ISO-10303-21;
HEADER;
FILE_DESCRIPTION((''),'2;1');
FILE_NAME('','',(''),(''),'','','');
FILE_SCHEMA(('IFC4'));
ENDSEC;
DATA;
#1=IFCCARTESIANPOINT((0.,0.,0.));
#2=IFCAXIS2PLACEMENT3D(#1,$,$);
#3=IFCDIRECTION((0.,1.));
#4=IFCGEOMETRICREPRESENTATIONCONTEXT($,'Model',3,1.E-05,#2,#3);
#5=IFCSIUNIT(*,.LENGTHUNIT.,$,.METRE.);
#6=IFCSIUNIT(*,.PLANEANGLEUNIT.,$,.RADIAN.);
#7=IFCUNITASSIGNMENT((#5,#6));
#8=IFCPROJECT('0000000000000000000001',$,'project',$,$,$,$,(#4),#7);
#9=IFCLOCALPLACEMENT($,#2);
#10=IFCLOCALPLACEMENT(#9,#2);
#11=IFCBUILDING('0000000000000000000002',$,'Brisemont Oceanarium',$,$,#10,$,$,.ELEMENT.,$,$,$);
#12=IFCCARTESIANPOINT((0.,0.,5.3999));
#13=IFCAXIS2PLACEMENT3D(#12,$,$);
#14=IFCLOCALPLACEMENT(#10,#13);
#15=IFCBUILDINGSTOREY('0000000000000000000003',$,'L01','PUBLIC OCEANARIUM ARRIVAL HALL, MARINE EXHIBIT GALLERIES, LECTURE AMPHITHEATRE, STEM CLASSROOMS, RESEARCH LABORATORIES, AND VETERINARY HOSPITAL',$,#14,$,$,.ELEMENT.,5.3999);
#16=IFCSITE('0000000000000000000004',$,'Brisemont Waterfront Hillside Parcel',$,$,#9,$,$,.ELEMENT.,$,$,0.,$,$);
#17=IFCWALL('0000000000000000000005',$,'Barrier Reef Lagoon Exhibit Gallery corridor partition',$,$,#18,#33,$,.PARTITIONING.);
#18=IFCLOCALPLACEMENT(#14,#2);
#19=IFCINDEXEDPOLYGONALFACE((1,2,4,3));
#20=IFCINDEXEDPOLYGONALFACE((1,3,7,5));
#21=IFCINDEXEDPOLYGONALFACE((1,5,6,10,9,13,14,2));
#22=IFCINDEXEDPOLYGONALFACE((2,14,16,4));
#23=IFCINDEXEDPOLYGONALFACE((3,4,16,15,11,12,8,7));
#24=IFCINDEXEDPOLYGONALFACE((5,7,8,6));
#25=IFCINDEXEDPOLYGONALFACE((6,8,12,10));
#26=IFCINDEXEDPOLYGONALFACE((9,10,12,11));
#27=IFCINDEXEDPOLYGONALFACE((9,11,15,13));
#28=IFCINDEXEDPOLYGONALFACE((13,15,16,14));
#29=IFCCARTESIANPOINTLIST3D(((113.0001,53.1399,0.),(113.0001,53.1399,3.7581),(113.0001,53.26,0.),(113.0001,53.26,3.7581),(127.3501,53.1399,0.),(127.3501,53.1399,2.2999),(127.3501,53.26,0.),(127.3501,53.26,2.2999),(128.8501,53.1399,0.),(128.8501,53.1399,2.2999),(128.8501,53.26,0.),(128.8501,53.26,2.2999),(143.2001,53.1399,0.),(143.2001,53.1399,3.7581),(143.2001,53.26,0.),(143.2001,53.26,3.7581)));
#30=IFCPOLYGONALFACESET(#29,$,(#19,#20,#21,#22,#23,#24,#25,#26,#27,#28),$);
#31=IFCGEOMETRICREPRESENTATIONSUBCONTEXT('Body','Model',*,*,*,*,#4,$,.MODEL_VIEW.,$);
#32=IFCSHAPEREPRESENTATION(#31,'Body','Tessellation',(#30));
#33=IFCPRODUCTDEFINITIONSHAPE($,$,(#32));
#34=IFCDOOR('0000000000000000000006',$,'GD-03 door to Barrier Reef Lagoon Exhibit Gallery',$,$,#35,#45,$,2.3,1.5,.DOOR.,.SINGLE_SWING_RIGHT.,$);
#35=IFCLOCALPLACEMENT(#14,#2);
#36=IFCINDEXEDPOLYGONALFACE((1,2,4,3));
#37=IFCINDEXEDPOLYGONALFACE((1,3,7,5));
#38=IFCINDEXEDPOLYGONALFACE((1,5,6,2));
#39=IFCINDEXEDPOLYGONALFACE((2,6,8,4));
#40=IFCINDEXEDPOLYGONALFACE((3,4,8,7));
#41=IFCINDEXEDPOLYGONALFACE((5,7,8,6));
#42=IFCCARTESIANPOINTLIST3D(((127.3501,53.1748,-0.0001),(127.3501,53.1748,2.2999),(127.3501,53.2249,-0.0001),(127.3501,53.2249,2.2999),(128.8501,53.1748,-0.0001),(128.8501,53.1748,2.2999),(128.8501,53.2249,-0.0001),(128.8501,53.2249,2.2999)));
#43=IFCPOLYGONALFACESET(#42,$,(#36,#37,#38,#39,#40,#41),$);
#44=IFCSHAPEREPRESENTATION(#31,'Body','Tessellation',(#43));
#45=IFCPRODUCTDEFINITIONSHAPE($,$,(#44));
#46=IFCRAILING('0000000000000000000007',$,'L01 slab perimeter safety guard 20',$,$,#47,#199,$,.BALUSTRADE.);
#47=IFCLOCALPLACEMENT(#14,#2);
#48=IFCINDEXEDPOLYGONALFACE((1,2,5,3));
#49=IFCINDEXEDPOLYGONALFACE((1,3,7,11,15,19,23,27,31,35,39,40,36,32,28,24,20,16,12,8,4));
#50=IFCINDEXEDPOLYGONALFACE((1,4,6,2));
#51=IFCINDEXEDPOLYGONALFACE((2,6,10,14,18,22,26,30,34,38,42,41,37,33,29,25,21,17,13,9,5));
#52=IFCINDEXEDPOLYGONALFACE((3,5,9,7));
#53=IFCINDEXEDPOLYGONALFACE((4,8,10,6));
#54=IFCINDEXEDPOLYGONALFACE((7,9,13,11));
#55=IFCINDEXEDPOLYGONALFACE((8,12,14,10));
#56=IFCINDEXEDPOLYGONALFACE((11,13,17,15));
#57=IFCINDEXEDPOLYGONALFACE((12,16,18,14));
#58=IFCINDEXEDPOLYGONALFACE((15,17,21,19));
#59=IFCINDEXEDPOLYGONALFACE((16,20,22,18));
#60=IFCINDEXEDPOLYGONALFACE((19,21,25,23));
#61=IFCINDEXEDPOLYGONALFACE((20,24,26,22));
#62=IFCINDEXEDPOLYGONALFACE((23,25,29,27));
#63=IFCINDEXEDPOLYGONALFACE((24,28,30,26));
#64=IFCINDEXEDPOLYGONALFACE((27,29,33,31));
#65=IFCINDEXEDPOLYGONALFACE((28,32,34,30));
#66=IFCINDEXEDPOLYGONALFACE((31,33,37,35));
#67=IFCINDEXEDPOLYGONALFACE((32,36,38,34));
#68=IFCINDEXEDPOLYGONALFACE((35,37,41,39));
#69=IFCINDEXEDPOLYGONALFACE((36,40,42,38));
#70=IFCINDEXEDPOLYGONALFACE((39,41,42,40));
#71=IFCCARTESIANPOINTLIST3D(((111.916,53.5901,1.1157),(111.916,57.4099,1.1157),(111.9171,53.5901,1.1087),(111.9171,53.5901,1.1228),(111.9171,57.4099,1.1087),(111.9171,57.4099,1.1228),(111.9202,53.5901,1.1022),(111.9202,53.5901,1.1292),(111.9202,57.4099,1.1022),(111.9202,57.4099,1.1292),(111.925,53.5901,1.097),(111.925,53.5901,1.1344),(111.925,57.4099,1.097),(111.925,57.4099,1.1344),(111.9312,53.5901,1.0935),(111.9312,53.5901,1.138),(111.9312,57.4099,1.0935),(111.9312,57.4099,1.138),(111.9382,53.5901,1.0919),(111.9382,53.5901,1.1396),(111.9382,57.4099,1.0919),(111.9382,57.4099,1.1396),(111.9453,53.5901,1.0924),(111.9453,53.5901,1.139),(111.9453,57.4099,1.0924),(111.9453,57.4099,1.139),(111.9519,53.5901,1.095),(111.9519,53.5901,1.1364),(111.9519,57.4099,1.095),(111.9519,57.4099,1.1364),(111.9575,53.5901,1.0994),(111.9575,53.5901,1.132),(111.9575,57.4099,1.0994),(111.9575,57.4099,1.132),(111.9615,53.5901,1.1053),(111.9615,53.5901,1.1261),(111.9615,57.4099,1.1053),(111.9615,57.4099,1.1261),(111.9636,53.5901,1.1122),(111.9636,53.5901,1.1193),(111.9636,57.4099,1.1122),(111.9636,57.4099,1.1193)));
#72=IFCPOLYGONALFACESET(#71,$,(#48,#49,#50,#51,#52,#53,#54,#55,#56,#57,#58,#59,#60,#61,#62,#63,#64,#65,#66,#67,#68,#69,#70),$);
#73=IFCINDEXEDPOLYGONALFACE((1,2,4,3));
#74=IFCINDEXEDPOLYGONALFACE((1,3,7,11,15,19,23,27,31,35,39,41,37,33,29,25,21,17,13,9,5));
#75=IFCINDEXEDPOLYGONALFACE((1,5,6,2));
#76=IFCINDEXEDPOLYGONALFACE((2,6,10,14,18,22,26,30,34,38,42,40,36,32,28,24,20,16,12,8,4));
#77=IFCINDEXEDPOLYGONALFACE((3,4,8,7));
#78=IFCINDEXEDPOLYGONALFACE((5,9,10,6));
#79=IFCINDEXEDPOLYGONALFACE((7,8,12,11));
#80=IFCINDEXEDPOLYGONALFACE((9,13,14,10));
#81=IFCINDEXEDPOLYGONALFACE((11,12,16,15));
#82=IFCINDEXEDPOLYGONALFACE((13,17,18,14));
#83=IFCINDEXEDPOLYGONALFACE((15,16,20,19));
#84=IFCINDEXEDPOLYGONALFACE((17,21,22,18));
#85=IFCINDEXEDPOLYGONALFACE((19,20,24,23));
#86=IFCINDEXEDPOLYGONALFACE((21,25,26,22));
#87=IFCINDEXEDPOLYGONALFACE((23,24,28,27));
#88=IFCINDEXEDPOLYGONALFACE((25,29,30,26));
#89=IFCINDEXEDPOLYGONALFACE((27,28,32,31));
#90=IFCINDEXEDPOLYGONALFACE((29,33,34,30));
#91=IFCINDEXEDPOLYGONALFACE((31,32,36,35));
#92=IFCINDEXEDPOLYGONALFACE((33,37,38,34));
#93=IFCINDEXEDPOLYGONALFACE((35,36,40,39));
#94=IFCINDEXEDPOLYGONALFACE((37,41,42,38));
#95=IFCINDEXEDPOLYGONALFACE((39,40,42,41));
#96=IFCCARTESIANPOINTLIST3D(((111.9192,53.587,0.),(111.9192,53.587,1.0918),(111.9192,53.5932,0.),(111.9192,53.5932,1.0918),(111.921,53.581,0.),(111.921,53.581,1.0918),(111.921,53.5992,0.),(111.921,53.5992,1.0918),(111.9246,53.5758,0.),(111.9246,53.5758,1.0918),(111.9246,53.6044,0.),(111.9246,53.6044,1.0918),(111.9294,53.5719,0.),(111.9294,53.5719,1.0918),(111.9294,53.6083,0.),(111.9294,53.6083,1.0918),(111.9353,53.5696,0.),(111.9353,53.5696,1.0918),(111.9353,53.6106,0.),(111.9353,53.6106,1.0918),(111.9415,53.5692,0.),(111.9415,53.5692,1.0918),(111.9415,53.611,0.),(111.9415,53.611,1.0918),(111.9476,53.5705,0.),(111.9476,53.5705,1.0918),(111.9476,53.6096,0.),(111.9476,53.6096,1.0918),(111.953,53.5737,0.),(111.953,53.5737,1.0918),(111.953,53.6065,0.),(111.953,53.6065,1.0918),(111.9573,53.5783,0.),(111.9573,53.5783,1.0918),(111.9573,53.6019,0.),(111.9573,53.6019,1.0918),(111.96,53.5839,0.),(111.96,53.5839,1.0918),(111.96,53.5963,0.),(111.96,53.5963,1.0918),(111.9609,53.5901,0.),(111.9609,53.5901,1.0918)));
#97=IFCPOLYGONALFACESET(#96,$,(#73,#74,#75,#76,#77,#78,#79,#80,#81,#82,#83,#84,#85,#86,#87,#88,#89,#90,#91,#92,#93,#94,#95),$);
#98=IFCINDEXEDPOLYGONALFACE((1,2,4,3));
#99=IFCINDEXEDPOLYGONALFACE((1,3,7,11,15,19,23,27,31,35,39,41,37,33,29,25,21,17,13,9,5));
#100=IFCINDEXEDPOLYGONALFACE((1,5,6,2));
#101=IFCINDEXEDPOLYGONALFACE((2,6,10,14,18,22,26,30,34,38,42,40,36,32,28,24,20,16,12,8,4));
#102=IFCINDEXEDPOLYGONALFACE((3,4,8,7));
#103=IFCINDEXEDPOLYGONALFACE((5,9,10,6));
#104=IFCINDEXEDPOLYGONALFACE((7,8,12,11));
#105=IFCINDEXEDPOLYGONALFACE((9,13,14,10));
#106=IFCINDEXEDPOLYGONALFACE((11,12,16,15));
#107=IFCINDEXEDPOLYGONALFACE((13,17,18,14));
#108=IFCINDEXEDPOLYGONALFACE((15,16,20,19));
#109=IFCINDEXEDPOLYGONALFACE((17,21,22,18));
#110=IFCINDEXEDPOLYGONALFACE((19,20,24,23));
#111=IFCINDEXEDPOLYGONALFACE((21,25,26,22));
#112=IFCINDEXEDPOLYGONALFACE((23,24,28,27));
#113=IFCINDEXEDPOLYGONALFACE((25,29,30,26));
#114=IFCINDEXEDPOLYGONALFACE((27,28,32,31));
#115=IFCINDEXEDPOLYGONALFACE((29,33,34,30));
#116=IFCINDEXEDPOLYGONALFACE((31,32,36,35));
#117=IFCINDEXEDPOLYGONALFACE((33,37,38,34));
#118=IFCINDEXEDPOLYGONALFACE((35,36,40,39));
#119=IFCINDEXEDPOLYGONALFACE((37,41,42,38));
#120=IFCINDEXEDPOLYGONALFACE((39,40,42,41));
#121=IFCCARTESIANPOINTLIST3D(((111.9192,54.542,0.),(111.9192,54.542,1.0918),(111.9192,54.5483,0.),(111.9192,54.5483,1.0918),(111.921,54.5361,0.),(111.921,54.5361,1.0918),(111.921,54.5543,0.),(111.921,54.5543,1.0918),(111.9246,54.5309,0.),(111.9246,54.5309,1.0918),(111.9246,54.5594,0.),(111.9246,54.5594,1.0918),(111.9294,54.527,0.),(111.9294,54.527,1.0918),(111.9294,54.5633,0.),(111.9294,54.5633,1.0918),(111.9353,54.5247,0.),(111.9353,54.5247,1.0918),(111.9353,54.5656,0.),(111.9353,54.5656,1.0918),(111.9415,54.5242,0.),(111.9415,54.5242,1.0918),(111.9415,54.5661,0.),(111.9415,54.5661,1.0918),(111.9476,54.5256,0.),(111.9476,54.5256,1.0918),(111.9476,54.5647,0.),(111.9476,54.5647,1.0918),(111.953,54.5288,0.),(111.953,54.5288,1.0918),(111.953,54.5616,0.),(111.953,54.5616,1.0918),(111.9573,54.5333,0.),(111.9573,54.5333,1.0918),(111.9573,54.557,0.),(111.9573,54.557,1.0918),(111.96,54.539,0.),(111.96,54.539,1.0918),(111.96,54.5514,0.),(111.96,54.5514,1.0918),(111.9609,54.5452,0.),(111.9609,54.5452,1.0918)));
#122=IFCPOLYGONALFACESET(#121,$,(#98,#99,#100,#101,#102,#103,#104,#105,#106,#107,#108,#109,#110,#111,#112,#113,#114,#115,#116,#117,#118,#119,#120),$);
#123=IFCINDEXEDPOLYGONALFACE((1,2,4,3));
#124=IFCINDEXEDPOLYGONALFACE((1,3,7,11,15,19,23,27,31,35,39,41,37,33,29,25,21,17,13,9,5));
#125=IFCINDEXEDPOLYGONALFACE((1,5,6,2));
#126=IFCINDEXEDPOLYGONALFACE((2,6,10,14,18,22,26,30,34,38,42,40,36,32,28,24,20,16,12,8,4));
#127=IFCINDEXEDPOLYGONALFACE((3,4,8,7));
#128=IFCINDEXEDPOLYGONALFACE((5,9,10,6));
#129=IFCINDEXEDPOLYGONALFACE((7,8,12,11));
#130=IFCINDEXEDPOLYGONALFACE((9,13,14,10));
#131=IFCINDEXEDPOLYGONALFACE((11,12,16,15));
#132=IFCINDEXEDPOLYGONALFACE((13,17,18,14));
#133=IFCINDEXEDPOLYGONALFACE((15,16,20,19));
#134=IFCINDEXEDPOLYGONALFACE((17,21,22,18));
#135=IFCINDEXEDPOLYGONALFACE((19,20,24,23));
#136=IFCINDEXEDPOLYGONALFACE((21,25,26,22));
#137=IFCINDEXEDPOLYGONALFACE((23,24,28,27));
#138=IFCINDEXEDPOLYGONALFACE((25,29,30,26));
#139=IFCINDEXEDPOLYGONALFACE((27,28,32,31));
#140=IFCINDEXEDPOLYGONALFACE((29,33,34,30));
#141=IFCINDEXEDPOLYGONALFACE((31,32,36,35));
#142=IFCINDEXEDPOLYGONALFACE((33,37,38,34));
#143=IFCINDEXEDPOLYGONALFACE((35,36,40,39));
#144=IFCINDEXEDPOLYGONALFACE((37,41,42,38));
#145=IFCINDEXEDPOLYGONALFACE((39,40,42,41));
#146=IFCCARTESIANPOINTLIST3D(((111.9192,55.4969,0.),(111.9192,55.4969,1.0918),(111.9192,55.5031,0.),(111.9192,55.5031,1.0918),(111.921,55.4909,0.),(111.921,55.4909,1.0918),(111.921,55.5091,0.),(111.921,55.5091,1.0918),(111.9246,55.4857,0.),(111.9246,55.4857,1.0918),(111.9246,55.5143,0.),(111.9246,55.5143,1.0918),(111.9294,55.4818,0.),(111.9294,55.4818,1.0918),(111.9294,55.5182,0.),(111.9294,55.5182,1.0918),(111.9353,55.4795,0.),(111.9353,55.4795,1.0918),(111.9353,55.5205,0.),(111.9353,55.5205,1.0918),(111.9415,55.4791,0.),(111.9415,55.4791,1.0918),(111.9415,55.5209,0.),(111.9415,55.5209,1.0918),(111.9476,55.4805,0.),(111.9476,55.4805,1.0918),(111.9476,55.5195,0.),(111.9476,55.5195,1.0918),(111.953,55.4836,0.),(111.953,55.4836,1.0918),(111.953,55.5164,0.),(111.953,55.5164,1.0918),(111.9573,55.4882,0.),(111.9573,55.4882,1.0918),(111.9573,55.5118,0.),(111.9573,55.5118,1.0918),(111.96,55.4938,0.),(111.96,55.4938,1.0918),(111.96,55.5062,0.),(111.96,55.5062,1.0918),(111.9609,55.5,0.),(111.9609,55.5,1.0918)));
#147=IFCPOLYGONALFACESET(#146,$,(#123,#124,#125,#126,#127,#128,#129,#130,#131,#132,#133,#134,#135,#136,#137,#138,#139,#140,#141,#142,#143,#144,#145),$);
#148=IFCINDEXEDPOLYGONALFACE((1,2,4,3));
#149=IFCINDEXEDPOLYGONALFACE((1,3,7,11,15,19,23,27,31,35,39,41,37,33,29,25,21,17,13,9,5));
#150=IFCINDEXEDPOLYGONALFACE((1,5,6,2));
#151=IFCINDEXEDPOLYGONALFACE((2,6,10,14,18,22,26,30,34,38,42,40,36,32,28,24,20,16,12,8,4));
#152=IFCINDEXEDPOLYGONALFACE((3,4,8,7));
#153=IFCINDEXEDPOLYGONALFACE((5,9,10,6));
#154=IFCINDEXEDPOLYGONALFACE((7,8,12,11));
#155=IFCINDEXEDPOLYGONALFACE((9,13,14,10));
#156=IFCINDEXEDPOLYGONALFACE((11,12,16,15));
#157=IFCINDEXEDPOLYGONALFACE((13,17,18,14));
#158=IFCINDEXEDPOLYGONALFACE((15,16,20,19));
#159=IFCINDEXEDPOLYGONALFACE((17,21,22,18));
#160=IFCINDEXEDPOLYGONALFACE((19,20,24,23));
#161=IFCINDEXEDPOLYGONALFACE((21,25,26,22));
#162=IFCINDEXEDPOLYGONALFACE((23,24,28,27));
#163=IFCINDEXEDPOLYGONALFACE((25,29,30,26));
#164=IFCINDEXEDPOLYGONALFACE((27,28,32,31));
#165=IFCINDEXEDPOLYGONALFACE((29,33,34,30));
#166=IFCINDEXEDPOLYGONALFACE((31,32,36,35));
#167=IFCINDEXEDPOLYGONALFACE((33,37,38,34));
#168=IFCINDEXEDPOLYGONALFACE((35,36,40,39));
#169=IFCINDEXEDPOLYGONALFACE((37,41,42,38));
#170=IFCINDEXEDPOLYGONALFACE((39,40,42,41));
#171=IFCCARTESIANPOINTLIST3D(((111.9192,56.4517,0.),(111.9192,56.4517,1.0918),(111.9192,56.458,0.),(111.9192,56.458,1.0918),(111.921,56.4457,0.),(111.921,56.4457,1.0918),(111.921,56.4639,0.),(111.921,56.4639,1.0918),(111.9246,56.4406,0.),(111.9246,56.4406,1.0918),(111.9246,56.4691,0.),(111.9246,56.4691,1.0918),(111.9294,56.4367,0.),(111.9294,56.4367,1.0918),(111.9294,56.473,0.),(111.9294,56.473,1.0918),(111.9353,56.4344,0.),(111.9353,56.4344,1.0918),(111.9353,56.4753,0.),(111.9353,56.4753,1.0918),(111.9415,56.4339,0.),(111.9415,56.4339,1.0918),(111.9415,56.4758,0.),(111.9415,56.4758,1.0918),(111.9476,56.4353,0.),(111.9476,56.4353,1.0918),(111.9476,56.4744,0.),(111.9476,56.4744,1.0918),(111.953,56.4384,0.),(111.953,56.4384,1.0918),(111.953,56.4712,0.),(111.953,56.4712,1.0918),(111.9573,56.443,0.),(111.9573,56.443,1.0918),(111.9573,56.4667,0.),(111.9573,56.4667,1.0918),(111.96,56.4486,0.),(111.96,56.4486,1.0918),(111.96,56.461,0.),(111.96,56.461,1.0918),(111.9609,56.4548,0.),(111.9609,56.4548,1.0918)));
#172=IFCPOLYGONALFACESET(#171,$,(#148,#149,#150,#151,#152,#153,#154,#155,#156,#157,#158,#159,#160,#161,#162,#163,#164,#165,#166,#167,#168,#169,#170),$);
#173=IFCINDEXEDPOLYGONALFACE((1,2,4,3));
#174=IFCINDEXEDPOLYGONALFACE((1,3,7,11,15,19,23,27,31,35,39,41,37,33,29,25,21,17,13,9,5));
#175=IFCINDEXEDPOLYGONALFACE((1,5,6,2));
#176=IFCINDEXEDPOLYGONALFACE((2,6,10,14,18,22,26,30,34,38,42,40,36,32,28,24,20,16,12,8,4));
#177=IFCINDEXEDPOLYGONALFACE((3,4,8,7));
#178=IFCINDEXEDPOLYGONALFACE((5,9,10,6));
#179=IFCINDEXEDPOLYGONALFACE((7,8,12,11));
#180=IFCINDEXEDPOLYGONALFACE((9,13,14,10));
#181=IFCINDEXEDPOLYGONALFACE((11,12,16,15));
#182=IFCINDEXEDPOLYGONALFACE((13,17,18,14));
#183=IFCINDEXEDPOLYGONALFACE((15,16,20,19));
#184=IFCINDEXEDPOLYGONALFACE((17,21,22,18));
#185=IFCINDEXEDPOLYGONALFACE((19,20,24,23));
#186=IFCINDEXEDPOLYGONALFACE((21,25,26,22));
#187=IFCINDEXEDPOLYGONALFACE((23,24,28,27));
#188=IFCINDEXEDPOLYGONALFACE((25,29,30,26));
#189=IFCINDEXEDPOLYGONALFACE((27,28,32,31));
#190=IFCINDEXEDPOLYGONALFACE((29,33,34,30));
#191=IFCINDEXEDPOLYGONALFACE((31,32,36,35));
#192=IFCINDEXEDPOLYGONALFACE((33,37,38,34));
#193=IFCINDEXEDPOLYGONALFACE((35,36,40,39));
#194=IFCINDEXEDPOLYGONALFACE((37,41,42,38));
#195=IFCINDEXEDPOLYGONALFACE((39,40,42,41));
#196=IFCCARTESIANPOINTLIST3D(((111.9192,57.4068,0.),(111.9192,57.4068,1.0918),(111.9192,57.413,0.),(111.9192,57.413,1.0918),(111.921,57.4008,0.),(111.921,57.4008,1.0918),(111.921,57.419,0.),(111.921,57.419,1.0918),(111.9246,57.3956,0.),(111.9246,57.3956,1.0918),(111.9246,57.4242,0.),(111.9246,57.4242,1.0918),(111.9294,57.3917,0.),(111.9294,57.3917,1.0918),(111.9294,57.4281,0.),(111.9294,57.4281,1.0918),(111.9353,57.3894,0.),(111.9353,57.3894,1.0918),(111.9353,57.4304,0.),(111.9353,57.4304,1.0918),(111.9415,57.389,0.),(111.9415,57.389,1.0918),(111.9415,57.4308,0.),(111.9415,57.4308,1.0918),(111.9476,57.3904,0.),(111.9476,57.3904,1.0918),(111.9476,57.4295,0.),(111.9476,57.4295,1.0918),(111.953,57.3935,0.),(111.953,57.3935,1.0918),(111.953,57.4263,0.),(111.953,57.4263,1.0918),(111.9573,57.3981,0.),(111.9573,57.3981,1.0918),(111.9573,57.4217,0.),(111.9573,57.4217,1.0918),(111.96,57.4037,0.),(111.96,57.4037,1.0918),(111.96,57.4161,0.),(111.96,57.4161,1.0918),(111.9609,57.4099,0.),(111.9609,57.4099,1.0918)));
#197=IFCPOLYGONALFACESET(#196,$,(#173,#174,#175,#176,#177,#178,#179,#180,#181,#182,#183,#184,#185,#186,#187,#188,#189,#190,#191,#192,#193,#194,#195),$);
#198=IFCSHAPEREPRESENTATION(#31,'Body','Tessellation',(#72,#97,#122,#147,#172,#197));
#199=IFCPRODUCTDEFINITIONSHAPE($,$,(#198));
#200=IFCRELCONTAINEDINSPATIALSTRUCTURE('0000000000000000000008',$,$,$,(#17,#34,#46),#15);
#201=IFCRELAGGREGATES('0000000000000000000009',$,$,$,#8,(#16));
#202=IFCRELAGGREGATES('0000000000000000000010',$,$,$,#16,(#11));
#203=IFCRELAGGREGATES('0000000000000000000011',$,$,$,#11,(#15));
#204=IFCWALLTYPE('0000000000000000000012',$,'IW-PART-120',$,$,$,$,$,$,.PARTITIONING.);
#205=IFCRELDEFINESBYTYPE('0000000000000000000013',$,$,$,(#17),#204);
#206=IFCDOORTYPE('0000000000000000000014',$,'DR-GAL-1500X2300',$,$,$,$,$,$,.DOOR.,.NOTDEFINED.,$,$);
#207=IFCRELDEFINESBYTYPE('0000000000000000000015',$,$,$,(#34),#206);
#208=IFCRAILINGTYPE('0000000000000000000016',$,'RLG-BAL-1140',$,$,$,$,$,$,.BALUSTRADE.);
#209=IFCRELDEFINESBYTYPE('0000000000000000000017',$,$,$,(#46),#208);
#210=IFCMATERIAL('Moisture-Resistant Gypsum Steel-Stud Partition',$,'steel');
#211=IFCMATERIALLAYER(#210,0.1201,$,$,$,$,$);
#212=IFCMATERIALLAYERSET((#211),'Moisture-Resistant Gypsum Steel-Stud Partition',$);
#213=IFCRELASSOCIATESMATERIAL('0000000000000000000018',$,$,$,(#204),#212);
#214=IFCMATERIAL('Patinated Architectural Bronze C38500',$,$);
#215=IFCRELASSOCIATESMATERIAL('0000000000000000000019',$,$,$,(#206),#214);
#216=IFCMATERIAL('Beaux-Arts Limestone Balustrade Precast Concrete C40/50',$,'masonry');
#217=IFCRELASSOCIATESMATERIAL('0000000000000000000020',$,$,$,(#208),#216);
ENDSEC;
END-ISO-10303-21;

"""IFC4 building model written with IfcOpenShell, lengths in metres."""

from ifc_helpers import new_model, si_unit, direction, frame, frame_2d, origin, origin_2d, place, context, subcontext, project, spatial, rectangle, circle, extrude, material, layer, layer_set, type_object, element, fill, save


model = new_model("IFC4")

# Units and contexts
model_context = context("Model", 3, precision=1e-05, world=origin(), true_north=direction((0.0, 1.0)))
body_context = subcontext(model_context, "Body", "Model", "MODEL_VIEW")
ifc_project = project(units=[si_unit("LENGTHUNIT", "METRE"), si_unit("PLANEANGLEUNIT", "RADIAN")], contexts=[model_context])

# Site, building, storey
site_placement = place(None, origin())
site = spatial("IfcSite", under=ifc_project, at=site_placement, Name="Brisemont Waterfront Hillside Parcel", CompositionType="ELEMENT", RefElevation=0.0)
building_placement = place(site_placement, origin())
building = spatial("IfcBuilding", under=site, at=building_placement, Name="Brisemont Oceanarium", CompositionType="ELEMENT")
storey_placement = place(building_placement, frame((0.0, 0.0, 5.3999)))
storey = spatial("IfcBuildingStorey", under=building, at=storey_placement, Name="L01", Description="PUBLIC OCEANARIUM ARRIVAL HALL, MARINE EXHIBIT GALLERIES, LECTURE AMPHITHEATRE, STEM CLASSROOMS, RESEARCH LABORATORIES, AND VETERINARY HOSPITAL", CompositionType="ELEMENT", Elevation=5.3999)

# Wall, opening, door
ifc_material_1 = material(Name="Moisture-Resistant Gypsum Steel-Stud Partition", Category="steel")
ifc_layer = layer(ifc_material_1, 0.1201)
ifc_layer_set = layer_set([ifc_layer], Name="Moisture-Resistant Gypsum Steel-Stud Partition")
wall_type = type_object("IfcWallType", Name="IW-PART-120", PredefinedType="PARTITIONING", material=ifc_layer_set)
wall_placement = place(storey_placement, frame((113.0, 53.2, 0.0), z_axis=(0.0, 0.0, 1.0), x_axis=(1.0, 0.0, 0.0)))
wall = element("IfcWall", 1, at=wall_placement, inside=storey, type_object=wall_type, Name="Barrier Reef Lagoon Exhibit Gallery corridor partition", PredefinedType="PARTITIONING", context=body_context, shape_type="SweptSolid", body=[
    extrude(rectangle(XDim=30.2, YDim=0.1201, at=frame_2d((15.1001, 0.0))), origin(), (0.0, 0.0, 1.0), 3.7581),
])
opening_placement = place(wall_placement, frame((14.3501, 0.0, 0.0)))
opening = element("IfcOpeningElement", 2, at=opening_placement, cuts=wall, PredefinedType="OPENING", context=body_context, shape_type="SweptSolid", body=[
    extrude(rectangle(XDim=1.5, YDim=2.3, at=frame_2d((0.75, 1.1499))), frame((0.0, 0.0701, 0.0), z_axis=(0.0, -1.0, 0.0), x_axis=(1.0, 0.0, 0.0)), (0.0, 0.0, 1.0), 0.1401),
])
ifc_material_2 = material(Name="Patinated Architectural Bronze C38500")
door_type = type_object("IfcDoorType", Name="DR-GAL-1500X2300", OperationType="NOTDEFINED", PredefinedType="DOOR", material=ifc_material_2)
door_placement = place(opening_placement, origin())
door = element("IfcDoor", 3, at=door_placement, inside=storey, type_object=door_type, Name="GD-03 door to Barrier Reef Lagoon Exhibit Gallery", OperationType="SINGLE_SWING_RIGHT", OverallHeight=2.3, OverallWidth=1.5, PredefinedType="DOOR", context=body_context, shape_type="SweptSolid", body=[
    extrude(rectangle(XDim=1.5, YDim=2.3, at=frame_2d((0.75, 1.1499))), frame((0.0, 0.0249, 0.0), z_axis=(0.0, -1.0, 0.0), x_axis=(1.0, 0.0, 0.0)), (0.0, 0.0, 1.0), 0.05),
])
fill(opening, door)

# Railing
ifc_material_3 = material(Name="Beaux-Arts Limestone Balustrade Precast Concrete C40/50", Category="masonry")
railing_type_1 = type_object("IfcRailingType", Name="RLG-BAL-1140", PredefinedType="BALUSTRADE", material=ifc_material_3)
railing_1_placement = place(storey_placement, frame((111.9399, 53.5901, 0.0)))
element("IfcRailing", 4, at=railing_1_placement, inside=storey, type_object=railing_type_1, Name="L01 slab perimeter safety guard 20", PredefinedType="BALUSTRADE", context=body_context, shape_type="SweptSolid", body=[
    extrude(circle(Radius=0.0239, at=origin_2d()), frame((0.0, 0.0, 1.1157), z_axis=(0.0, 1.0, 0.0), x_axis=(-1.0, 0.0, 0.0)), (0.0, 0.0, 1.0), 3.8198),
    extrude(circle(Radius=0.021, at=origin_2d()), origin(), (0.0, 0.0, 1.0), 1.0918),
    extrude(circle(Radius=0.021, at=origin_2d()), frame((0.0, 0.9551, 0.0)), (0.0, 0.0, 1.0), 1.0918),
    extrude(circle(Radius=0.021, at=origin_2d()), frame((0.0, 1.9099, 0.0)), (0.0, 0.0, 1.0), 1.0918),
    extrude(circle(Radius=0.021, at=origin_2d()), frame((0.0, 2.8647, 0.0)), (0.0, 0.0, 1.0), 1.0918),
    extrude(circle(Radius=0.021, at=origin_2d()), frame((0.0, 3.8198, 0.0)), (0.0, 0.0, 1.0), 1.0918),
])

save(model, "model.ifc")
